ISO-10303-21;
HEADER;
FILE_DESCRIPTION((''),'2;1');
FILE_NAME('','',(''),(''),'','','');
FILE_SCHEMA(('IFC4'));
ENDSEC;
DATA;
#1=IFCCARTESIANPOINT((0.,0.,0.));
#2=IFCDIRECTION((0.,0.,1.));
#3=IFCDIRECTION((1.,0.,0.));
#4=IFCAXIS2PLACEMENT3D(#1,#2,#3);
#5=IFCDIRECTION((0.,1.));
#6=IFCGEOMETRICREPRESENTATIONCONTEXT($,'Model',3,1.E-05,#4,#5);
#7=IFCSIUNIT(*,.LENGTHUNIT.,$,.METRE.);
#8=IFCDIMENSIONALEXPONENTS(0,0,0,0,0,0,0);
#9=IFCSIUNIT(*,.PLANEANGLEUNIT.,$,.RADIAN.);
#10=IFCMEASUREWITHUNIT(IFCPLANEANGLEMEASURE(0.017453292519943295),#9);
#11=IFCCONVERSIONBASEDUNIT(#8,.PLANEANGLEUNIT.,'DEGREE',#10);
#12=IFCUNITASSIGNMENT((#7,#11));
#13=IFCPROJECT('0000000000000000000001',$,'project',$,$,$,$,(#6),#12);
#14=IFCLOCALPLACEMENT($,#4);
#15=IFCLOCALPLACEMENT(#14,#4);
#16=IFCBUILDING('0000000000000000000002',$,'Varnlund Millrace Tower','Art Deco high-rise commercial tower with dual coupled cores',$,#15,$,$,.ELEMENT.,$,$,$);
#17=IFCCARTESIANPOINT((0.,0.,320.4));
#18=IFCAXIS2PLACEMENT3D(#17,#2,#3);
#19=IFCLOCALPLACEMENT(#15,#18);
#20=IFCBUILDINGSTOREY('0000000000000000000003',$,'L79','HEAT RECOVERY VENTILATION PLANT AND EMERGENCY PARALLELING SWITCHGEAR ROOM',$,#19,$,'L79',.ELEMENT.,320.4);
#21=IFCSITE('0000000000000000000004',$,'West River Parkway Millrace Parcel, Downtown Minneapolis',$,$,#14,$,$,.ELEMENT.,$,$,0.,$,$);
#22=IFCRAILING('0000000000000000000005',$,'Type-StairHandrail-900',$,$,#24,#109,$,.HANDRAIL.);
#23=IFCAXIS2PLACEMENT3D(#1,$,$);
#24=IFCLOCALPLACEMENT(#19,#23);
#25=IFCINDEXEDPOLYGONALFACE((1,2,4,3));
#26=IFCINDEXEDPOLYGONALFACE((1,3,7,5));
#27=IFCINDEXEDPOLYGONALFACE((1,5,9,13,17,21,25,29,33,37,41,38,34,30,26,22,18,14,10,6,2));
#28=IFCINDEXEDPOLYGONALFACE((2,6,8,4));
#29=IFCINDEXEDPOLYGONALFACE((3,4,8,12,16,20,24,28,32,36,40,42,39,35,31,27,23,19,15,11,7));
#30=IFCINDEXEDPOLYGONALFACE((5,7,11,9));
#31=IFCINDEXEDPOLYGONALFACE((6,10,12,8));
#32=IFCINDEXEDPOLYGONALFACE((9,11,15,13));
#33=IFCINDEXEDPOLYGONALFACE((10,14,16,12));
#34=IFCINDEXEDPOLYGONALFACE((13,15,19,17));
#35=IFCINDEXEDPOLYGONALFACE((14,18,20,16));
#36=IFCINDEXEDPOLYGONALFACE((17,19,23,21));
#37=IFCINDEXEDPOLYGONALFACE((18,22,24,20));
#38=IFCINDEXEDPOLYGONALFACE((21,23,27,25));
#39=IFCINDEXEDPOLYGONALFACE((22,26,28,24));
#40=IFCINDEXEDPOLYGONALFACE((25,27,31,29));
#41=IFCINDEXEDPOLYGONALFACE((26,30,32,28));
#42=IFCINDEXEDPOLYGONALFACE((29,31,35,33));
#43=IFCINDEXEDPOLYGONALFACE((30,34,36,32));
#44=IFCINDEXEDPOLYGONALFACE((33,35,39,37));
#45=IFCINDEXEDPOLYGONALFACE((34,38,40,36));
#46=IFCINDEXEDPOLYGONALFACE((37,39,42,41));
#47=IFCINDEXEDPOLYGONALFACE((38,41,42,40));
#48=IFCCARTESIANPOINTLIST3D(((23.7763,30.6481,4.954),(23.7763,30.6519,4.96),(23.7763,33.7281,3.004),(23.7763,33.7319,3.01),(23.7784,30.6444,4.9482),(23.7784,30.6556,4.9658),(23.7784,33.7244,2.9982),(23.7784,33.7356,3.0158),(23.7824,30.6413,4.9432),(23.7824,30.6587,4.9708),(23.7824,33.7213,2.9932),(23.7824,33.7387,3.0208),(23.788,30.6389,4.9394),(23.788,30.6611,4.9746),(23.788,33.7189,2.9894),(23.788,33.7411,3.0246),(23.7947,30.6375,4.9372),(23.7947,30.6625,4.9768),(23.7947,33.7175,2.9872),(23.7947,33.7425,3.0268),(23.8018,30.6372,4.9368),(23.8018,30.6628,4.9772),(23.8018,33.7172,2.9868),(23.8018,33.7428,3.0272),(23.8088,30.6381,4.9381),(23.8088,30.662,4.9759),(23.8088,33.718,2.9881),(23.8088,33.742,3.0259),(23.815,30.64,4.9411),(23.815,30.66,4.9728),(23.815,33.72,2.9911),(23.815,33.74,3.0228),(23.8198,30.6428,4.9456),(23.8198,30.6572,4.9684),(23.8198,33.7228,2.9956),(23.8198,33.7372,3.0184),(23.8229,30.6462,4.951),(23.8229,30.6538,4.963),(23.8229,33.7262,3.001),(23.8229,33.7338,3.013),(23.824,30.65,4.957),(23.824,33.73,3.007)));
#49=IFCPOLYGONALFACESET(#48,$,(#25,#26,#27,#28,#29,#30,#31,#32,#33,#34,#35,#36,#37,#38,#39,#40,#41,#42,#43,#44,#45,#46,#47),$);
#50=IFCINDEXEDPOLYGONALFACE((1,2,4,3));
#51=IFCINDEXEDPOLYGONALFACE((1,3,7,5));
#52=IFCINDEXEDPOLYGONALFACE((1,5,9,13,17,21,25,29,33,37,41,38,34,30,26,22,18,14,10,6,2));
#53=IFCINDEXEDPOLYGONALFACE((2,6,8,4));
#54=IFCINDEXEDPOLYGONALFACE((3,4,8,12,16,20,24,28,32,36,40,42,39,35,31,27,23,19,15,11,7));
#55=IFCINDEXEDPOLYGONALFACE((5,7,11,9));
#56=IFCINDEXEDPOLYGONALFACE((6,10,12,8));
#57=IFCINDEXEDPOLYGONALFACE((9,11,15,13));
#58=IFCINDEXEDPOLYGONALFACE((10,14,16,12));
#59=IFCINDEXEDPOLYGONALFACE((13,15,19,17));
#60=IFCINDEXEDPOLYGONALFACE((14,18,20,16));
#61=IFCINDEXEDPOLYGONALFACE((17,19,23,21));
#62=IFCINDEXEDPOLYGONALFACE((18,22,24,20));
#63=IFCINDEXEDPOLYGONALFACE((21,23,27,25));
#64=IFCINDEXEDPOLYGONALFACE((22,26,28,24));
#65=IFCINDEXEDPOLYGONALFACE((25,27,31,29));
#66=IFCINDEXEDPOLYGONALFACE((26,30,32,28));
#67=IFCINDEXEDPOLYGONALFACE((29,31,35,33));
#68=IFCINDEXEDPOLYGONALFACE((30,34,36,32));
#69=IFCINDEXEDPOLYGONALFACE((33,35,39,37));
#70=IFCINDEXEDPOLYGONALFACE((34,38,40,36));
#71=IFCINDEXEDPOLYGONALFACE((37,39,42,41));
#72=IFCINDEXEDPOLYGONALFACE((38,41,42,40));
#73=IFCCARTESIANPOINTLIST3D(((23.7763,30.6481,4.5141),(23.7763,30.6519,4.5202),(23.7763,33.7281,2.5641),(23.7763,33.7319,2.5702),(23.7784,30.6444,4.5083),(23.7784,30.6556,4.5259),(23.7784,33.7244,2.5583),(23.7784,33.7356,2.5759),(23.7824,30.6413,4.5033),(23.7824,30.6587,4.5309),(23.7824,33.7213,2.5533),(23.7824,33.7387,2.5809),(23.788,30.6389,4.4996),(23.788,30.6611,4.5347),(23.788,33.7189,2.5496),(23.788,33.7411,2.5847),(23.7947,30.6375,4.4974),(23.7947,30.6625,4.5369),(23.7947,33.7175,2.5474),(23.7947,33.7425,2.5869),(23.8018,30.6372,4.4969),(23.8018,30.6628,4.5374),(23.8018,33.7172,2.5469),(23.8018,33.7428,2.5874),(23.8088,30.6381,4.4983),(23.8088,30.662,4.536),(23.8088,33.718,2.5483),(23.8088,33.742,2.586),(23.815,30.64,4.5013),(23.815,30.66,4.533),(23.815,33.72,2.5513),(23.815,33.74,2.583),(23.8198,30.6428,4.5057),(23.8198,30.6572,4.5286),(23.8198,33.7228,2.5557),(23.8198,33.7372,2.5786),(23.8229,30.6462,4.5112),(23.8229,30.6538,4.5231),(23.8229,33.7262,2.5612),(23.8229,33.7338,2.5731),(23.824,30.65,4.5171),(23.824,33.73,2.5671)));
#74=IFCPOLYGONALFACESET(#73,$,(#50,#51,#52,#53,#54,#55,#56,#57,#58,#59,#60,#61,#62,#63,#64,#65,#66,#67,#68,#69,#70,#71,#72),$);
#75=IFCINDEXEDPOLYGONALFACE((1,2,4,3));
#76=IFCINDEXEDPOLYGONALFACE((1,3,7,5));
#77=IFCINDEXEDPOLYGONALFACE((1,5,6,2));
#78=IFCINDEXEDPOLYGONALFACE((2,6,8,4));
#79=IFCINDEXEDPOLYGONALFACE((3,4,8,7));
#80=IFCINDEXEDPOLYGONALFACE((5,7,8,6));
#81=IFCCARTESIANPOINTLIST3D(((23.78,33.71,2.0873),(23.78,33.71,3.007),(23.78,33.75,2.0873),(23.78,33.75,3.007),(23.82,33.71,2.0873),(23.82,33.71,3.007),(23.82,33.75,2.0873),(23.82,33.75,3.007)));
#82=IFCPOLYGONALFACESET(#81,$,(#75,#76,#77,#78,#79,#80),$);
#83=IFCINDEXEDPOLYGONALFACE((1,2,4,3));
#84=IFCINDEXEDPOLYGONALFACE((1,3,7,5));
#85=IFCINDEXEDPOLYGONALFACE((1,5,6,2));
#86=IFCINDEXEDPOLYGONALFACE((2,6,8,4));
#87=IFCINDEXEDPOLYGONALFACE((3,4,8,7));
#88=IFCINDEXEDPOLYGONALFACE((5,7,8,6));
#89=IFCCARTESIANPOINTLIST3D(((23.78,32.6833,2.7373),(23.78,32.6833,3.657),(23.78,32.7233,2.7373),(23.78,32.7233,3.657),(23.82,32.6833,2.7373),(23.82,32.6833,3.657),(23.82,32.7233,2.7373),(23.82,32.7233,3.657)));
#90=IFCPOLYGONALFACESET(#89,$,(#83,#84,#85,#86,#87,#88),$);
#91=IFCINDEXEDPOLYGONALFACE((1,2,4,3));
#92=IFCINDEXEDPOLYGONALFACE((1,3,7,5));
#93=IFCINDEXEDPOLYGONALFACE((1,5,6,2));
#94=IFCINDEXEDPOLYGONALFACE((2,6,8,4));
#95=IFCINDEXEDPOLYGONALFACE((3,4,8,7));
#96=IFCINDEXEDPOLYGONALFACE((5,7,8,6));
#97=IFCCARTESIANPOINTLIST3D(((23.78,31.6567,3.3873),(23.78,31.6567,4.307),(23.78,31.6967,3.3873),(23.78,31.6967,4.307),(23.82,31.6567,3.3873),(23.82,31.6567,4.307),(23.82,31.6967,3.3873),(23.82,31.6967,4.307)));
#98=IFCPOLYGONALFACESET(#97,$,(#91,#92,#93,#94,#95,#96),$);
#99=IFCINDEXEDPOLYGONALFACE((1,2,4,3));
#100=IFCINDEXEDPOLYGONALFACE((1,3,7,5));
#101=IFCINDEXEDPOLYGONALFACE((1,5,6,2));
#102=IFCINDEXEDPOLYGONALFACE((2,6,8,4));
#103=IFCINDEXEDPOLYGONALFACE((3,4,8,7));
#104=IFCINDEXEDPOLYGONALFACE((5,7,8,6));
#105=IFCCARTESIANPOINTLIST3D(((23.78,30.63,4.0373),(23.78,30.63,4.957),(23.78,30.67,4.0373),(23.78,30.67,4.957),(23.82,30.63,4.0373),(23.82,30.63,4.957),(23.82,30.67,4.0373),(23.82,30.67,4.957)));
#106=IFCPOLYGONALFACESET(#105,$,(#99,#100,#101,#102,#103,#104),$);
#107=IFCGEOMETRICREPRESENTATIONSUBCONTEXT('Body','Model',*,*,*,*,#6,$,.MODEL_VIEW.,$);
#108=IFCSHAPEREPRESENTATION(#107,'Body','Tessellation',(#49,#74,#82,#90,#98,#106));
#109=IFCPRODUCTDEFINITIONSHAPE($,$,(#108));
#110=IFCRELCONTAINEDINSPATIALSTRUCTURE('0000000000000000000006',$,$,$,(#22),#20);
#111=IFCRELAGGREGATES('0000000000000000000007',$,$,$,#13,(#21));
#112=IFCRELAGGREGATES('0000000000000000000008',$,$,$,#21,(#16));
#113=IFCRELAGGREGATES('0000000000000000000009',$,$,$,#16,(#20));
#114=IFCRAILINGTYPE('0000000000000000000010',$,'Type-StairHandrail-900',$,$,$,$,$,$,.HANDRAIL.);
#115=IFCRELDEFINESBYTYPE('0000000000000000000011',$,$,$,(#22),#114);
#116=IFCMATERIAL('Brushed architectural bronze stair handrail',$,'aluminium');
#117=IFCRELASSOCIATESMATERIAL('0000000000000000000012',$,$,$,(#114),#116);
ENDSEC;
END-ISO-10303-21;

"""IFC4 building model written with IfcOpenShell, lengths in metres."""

from ifc_helpers import new_model, entity, si_unit, converted_unit, direction, frame, origin_with_axes, origin_2d_with_axis, place, context, subcontext, project, spatial, rectangle, circle, extrude, material, type_object, element, save


model = new_model("IFC4")

# Units and contexts
model_context = context("Model", 3, precision=1e-05, world=origin_with_axes(), true_north=direction((0.0, 1.0)))
body_context = subcontext(model_context, "Body", "Model", "MODEL_VIEW")
ifc_project = project(units=[si_unit("LENGTHUNIT", "METRE"), converted_unit("PLANEANGLEUNIT", "DEGREE", entity("IfcPlaneAngleMeasure", 0.017453292519943295), si_unit("PLANEANGLEUNIT", "RADIAN"), dimensions=[0, 0, 0, 0, 0, 0, 0])], contexts=[model_context])

# Site, building, storey
site_placement = place(None, origin_with_axes())
site = spatial("IfcSite", under=ifc_project, at=site_placement, Name="West River Parkway Millrace Parcel, Downtown Minneapolis", CompositionType="ELEMENT", RefElevation=0.0)
building_placement = place(site_placement, origin_with_axes())
building = spatial("IfcBuilding", under=site, at=building_placement, Name="Varnlund Millrace Tower", Description="Art Deco high-rise commercial tower with dual coupled cores", CompositionType="ELEMENT")
storey_placement = place(building_placement, frame((0.0, 0.0, 320.4), z_axis=(0.0, 0.0, 1.0), x_axis=(1.0, 0.0, 0.0)))
storey = spatial("IfcBuildingStorey", under=building, at=storey_placement, Name="L79", Description="HEAT RECOVERY VENTILATION PLANT AND EMERGENCY PARALLELING SWITCHGEAR ROOM", LongName="L79", CompositionType="ELEMENT", Elevation=320.4)

# Railing
ifc_material_1 = material(Name="Brushed architectural bronze stair handrail", Category="aluminium")
railing_type_1 = type_object("IfcRailingType", Name="Type-StairHandrail-900", PredefinedType="HANDRAIL", material=ifc_material_1)
railing_1_placement = place(storey_placement, frame((0.0, 0.0, -320.4), z_axis=(0.0, 0.0, 1.0), x_axis=(1.0, 0.0, 0.0)))
element("IfcRailing", 1, at=railing_1_placement, inside=storey, type_object=railing_type_1, Name="Type-StairHandrail-900", PredefinedType="HANDRAIL", context=body_context, shape_type="SweptSolid", body=[
    extrude(circle(Radius=0.024, at=origin_2d_with_axis()), frame((23.8, 33.73, 323.407), z_axis=(0.0, -0.844902, 0.534922), x_axis=(1.0, 0.0, 0.0)), (0.0, 0.0, 1.0), 3.6454),
    extrude(circle(Radius=0.024, at=origin_2d_with_axis()), frame((23.8, 33.73, 322.9671), z_axis=(0.0, -0.844902, 0.534922), x_axis=(1.0, 0.0, 0.0)), (0.0, 0.0, 1.0), 3.6454),
    extrude(rectangle(XDim=0.04, YDim=0.04, at=origin_2d_with_axis()), frame((23.8, 33.73, 322.4873), z_axis=(0.0, 0.0, 1.0), x_axis=(1.0, 0.0, 0.0)), (0.0, 0.0, 1.0), 0.9197),
    extrude(rectangle(XDim=0.04, YDim=0.04, at=origin_2d_with_axis()), frame((23.8, 32.7033, 323.1373), z_axis=(0.0, 0.0, 1.0), x_axis=(1.0, 0.0, 0.0)), (0.0, 0.0, 1.0), 0.9197),
    extrude(rectangle(XDim=0.04, YDim=0.04, at=origin_2d_with_axis()), frame((23.8, 31.6767, 323.7873), z_axis=(0.0, 0.0, 1.0), x_axis=(1.0, 0.0, 0.0)), (0.0, 0.0, 1.0), 0.9197),
    extrude(rectangle(XDim=0.04, YDim=0.04, at=origin_2d_with_axis()), frame((23.8, 30.65, 324.4373), z_axis=(0.0, 0.0, 1.0), x_axis=(1.0, 0.0, 0.0)), (0.0, 0.0, 1.0), 0.9197),
])

save(model, "model.ifc")
